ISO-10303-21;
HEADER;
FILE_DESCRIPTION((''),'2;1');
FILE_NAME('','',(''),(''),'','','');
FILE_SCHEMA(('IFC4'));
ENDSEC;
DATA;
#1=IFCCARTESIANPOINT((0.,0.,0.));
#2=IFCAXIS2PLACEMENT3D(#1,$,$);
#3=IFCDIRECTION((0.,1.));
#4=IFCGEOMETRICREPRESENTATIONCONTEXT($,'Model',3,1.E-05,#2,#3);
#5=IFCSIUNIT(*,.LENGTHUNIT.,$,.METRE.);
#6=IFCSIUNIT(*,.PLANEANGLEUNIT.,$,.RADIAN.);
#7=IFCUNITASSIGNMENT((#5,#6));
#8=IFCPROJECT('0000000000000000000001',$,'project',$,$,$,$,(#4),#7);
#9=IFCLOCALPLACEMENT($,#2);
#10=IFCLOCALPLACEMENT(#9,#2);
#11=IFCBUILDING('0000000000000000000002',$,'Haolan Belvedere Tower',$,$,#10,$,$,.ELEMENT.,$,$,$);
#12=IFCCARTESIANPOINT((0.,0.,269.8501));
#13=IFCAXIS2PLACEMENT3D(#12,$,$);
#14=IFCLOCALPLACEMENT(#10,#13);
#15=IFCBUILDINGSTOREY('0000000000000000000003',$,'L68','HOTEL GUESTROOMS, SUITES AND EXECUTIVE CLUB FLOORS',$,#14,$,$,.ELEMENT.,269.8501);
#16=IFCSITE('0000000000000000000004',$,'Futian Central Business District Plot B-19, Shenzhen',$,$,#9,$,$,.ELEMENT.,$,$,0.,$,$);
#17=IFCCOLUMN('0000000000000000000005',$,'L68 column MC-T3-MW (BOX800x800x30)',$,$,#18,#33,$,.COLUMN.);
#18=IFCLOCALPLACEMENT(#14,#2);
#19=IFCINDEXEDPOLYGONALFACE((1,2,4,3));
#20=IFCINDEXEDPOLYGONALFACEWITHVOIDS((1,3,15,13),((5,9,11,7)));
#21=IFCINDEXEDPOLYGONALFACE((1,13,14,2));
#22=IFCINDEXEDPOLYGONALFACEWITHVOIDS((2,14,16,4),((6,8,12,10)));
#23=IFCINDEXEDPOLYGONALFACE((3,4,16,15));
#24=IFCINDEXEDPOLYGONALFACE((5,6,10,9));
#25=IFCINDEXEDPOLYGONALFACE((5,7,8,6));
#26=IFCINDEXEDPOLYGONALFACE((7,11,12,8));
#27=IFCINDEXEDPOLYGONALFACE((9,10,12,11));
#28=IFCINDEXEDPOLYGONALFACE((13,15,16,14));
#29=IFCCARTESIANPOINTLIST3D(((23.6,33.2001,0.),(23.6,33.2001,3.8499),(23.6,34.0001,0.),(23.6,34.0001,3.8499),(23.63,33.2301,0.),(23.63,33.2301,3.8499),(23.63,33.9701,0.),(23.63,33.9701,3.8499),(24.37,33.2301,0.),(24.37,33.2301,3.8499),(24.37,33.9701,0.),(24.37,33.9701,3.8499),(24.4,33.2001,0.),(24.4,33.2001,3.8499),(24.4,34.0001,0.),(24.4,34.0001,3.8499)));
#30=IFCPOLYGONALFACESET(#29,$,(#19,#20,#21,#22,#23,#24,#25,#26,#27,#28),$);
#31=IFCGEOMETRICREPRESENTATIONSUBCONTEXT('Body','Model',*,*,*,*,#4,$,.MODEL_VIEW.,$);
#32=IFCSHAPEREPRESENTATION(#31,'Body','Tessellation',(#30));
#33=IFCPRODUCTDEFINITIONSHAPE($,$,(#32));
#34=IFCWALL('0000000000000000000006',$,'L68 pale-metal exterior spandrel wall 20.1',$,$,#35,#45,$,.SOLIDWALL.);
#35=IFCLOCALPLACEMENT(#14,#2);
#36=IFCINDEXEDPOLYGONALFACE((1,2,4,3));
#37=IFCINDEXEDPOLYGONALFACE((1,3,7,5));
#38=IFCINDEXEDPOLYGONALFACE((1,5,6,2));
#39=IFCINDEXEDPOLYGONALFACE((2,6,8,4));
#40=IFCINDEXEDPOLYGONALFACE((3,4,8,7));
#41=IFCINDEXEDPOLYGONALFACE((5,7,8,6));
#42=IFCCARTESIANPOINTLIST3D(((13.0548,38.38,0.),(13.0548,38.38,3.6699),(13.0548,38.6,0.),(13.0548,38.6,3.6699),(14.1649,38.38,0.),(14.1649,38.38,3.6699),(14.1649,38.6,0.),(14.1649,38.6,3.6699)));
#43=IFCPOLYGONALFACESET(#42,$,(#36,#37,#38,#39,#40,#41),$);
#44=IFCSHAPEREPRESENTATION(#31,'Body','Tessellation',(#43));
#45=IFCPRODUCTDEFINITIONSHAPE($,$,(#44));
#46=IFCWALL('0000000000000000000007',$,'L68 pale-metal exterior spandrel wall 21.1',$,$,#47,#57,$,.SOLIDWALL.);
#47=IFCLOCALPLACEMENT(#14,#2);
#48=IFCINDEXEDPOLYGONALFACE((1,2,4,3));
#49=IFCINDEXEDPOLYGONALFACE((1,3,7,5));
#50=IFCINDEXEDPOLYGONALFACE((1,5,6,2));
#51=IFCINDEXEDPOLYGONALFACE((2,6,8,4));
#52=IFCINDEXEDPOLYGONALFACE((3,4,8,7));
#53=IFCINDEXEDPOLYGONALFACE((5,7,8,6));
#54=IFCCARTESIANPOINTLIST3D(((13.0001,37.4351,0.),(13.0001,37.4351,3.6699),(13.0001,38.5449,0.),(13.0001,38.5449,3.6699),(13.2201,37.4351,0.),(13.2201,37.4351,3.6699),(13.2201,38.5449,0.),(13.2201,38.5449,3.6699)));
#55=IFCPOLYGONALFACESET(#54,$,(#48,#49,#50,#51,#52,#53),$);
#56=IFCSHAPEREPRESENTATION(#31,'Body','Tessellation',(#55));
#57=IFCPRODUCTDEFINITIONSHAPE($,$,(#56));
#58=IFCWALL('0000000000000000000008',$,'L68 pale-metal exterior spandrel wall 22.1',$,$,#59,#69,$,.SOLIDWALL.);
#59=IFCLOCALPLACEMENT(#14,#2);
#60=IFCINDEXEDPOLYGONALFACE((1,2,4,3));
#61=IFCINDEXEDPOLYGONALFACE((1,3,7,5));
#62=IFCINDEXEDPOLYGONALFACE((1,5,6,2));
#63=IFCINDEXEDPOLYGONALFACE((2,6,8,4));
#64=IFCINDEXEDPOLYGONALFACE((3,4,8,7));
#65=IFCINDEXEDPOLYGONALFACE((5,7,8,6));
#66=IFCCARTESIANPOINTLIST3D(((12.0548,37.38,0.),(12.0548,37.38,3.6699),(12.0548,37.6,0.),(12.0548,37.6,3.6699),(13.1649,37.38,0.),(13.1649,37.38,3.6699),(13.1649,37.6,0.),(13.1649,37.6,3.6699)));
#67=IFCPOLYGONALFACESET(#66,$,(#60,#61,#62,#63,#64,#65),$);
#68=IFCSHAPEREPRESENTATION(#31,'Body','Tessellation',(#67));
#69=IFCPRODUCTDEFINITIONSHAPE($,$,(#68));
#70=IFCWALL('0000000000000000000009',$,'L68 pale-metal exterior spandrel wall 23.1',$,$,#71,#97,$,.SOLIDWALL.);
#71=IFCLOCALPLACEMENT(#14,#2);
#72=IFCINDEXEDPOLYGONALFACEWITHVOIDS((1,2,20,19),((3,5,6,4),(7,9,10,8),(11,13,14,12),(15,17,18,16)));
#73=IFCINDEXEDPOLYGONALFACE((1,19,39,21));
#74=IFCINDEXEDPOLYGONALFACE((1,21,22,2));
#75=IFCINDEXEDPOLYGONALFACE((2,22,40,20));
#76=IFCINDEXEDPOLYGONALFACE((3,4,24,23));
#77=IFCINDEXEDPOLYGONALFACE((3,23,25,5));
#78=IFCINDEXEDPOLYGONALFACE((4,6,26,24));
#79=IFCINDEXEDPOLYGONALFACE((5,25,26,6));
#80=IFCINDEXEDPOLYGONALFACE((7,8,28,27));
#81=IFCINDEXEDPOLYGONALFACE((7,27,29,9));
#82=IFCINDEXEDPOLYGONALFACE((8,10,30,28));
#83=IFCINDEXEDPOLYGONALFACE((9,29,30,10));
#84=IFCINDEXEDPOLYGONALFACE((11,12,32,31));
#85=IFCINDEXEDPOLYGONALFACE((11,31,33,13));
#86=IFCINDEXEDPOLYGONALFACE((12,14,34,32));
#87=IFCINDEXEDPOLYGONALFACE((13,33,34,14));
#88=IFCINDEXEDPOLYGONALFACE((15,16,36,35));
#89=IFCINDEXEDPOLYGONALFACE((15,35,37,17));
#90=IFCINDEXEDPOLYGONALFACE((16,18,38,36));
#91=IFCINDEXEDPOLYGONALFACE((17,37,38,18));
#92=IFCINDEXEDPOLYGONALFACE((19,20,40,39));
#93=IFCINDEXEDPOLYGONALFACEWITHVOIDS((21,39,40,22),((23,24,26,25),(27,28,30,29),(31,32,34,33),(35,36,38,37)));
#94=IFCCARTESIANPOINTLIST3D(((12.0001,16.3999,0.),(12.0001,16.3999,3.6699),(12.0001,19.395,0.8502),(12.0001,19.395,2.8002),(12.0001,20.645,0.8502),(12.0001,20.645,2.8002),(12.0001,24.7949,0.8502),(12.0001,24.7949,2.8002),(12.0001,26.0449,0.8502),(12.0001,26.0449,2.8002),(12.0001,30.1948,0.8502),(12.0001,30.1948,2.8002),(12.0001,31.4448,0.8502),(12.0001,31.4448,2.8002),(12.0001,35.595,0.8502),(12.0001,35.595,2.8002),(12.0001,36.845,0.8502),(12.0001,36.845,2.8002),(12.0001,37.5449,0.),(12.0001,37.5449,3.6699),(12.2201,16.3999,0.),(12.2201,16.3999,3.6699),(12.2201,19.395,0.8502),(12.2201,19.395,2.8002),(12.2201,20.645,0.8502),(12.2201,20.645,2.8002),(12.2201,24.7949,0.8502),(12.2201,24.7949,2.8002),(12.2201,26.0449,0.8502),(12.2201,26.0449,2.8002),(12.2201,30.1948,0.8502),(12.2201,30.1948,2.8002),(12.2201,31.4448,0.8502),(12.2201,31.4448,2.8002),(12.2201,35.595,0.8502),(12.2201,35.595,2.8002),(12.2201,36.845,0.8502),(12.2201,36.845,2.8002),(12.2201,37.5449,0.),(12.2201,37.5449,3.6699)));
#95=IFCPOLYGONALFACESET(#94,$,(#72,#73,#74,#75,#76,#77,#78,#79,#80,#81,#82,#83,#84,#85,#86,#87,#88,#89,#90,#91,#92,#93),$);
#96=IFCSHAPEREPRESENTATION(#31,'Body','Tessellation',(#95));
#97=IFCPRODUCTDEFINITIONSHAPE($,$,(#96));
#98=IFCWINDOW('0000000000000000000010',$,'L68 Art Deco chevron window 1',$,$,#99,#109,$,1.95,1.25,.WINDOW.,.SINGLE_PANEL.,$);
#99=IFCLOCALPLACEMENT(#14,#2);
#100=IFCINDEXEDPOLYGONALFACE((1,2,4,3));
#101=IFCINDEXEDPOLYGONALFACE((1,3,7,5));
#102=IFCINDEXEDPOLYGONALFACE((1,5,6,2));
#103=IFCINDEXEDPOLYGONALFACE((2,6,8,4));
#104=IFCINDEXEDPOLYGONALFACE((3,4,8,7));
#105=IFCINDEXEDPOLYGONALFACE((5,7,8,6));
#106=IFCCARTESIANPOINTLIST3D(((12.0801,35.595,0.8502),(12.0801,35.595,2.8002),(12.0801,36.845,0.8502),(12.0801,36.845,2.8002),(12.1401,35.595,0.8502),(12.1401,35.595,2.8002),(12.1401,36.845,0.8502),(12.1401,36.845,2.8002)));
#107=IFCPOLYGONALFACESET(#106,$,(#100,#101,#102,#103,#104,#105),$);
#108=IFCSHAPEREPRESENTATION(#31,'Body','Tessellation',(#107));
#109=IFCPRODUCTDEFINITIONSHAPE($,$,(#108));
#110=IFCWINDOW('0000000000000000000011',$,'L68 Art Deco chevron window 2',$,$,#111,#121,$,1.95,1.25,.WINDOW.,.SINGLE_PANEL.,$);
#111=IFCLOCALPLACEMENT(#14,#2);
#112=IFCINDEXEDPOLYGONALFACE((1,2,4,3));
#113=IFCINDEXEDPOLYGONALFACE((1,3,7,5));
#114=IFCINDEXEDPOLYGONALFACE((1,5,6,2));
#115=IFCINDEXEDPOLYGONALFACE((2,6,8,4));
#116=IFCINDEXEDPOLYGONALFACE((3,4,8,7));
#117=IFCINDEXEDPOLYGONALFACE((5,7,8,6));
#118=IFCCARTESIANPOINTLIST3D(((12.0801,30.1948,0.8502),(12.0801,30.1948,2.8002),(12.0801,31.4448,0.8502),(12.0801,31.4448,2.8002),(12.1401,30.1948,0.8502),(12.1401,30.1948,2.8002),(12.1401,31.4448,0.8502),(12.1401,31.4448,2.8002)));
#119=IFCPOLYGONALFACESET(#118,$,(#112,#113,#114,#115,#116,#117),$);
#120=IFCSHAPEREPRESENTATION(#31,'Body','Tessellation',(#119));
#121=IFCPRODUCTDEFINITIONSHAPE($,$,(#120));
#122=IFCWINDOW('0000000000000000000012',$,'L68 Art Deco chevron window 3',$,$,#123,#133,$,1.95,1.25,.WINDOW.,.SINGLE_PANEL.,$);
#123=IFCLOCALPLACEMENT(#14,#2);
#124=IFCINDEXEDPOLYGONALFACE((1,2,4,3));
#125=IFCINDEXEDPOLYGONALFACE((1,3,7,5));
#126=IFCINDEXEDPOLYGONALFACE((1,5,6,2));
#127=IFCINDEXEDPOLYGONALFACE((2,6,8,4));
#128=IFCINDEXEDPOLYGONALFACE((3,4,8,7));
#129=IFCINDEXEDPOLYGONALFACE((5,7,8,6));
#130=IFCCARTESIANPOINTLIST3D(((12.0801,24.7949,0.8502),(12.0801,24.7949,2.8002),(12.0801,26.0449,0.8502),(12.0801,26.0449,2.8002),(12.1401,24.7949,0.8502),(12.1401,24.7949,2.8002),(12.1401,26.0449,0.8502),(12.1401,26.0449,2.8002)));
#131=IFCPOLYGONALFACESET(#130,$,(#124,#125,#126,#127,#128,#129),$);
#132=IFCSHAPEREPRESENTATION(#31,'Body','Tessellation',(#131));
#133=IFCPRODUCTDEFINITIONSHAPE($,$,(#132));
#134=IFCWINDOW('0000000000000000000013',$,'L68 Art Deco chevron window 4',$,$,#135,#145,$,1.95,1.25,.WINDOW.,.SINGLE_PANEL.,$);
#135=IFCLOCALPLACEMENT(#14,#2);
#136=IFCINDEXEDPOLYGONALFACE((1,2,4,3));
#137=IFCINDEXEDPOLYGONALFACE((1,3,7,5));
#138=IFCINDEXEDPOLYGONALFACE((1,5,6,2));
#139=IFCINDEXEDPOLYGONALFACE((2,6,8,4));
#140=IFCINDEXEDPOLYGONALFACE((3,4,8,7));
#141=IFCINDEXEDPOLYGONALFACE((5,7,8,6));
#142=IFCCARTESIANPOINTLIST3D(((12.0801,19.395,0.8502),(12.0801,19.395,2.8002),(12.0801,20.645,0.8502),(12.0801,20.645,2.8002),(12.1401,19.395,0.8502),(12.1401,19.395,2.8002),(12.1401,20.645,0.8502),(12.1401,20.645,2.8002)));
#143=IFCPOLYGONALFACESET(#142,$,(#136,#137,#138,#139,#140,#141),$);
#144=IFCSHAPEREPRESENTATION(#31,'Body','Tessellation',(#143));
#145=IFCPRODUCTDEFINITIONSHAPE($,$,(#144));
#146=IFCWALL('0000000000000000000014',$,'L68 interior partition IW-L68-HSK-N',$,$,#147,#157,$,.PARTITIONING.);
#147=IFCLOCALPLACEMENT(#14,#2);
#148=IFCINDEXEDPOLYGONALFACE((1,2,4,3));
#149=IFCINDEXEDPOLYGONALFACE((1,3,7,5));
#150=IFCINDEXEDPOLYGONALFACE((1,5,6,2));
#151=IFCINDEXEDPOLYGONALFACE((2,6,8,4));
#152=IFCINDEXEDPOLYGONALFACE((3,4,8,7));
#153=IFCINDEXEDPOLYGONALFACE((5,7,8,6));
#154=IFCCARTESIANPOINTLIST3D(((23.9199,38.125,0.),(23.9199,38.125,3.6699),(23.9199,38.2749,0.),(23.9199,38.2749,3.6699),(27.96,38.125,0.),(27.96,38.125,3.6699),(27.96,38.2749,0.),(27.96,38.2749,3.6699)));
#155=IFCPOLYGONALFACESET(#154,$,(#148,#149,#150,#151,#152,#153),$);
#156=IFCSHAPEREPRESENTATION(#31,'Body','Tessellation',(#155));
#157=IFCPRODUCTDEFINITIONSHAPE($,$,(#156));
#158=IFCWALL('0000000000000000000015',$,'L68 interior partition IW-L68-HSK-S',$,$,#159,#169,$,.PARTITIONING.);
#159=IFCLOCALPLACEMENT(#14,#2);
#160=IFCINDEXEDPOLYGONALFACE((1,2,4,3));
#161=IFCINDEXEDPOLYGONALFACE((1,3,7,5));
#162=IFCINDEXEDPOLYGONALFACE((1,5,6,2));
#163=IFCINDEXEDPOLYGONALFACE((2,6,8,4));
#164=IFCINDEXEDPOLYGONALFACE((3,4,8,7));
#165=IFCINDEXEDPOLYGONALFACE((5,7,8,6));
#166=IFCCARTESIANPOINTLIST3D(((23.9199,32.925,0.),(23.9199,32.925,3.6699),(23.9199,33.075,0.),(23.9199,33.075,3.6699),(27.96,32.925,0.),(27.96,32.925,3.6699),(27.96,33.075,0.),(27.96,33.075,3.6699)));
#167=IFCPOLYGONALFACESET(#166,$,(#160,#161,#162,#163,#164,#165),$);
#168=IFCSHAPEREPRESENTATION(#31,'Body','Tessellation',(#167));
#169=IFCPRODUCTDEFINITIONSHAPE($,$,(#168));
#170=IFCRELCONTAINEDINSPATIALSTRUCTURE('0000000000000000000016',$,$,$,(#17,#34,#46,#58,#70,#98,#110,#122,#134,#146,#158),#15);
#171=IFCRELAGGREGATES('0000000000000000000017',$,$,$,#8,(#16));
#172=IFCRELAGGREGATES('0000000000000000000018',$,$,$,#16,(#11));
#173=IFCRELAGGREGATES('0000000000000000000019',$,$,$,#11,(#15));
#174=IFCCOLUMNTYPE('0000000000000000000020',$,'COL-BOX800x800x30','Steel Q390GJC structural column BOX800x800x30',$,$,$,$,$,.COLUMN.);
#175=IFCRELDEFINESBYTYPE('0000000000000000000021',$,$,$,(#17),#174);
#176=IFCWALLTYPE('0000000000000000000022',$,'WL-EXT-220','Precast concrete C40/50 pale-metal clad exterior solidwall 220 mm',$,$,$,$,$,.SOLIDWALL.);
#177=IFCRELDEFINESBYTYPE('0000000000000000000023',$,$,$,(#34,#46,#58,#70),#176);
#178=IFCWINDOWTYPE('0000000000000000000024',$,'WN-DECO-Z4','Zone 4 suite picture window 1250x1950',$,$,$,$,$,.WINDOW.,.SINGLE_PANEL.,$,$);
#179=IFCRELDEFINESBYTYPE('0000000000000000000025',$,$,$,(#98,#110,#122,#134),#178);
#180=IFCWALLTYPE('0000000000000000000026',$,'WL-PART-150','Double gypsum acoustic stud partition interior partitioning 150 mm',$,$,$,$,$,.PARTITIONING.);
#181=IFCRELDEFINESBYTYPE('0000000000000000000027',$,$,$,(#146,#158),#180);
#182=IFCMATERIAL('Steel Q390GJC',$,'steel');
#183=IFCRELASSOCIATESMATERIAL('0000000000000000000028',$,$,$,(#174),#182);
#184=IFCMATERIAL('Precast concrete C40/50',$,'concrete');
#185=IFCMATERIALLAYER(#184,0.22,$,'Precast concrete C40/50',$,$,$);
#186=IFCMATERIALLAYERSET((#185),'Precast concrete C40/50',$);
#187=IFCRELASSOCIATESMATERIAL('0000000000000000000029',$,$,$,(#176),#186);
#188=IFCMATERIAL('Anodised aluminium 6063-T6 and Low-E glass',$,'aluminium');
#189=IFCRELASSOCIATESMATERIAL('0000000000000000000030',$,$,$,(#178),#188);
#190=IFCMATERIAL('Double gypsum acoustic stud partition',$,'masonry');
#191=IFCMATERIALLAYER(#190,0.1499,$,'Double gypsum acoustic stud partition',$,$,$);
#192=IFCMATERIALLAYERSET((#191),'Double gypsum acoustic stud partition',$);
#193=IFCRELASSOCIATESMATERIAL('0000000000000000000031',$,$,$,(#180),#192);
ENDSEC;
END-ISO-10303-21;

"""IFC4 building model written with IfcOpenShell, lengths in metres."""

from ifc_helpers import new_model, si_unit, direction, frame, frame_2d, origin, origin_2d, place, context, subcontext, project, spatial, rectangle, hollow_rectangle, extrude, material, layer, layer_set, material_profile, profile_set, type_object, element, fill, save


model = new_model("IFC4")

# Units and contexts
model_context = context("Model", 3, precision=1e-05, world=origin(), true_north=direction((0.0, 1.0)))
body_context = subcontext(model_context, "Body", "Model", "MODEL_VIEW")
ifc_project = project(units=[si_unit("LENGTHUNIT", "METRE"), si_unit("PLANEANGLEUNIT", "RADIAN")], contexts=[model_context])

# Site, building, storey
site_placement = place(None, origin())
site = spatial("IfcSite", under=ifc_project, at=site_placement, Name="Futian Central Business District Plot B-19, Shenzhen", CompositionType="ELEMENT", RefElevation=0.0)
building_placement = place(site_placement, origin())
building = spatial("IfcBuilding", under=site, at=building_placement, Name="Haolan Belvedere Tower", CompositionType="ELEMENT")
storey_placement = place(building_placement, frame((0.0, 0.0, 269.8501)))
storey = spatial("IfcBuildingStorey", under=building, at=storey_placement, Name="L68", Description="HOTEL GUESTROOMS, SUITES AND EXECUTIVE CLUB FLOORS", CompositionType="ELEMENT", Elevation=269.8501)

# Column
ifc_material_1 = material(Name="Steel Q390GJC", Category="steel")
ifc_material_profile = material_profile(ifc_material_1, hollow_rectangle(XDim=0.8, YDim=0.8, WallThickness=0.03, at=origin_2d()), Name="Steel Q390GJC")
ifc_profile_set = profile_set([ifc_material_profile], Name="Steel Q390GJC")
column_type = type_object("IfcColumnType", Name="COL-BOX800x800x30", Description="Steel Q390GJC structural column BOX800x800x30", PredefinedType="COLUMN", material=ifc_profile_set)
column_placement = place(storey_placement, frame((24.0, 33.6001, 0.0), z_axis=(0.0, 0.0, 1.0), x_axis=(1.0, 0.0, 0.0)))
element("IfcColumn", 1, at=column_placement, inside=storey, type_object=column_type, Name="L68 column MC-T3-MW (BOX800x800x30)", PredefinedType="COLUMN", context=body_context, shape_type="SweptSolid", body=[
    extrude(hollow_rectangle(XDim=0.8, YDim=0.8, WallThickness=0.03, at=origin_2d()), origin(), (0.0, 0.0, 1.0), 3.8499),
])

# Walls
ifc_material_2 = material(Name="Precast concrete C40/50", Category="concrete")
ifc_layer_1 = layer(ifc_material_2, 0.22, Name="Precast concrete C40/50")
ifc_layer_set_1 = layer_set([ifc_layer_1], Name="Precast concrete C40/50")
wall_type_1 = type_object("IfcWallType", Name="WL-EXT-220", Description="Precast concrete C40/50 pale-metal clad exterior solidwall 220 mm", PredefinedType="SOLIDWALL", material=ifc_layer_set_1)
wall_1_placement = place(storey_placement, frame((14.165, 38.49, 0.0), z_axis=(0.0, 0.0, 1.0), x_axis=(-1.0, 0.0, 0.0)))
element("IfcWall", 2, at=wall_1_placement, inside=storey, type_object=wall_type_1, Name="L68 pale-metal exterior spandrel wall 20.1", PredefinedType="SOLIDWALL", context=body_context, shape_type="SweptSolid", body=[
    extrude(rectangle(XDim=1.1101, YDim=0.22, at=frame_2d((0.5552, 0.0))), origin(), (0.0, 0.0, 1.0), 3.6699),
])
wall_2_placement = place(storey_placement, frame((13.1101, 38.5449, 0.0), z_axis=(0.0, 0.0, 1.0), x_axis=(0.0, -1.0, 0.0)))
element("IfcWall", 3, at=wall_2_placement, inside=storey, type_object=wall_type_1, Name="L68 pale-metal exterior spandrel wall 21.1", PredefinedType="SOLIDWALL", context=body_context, shape_type="SweptSolid", body=[
    extrude(rectangle(XDim=1.1099, YDim=0.22, at=frame_2d((0.5549, 0.0))), origin(), (0.0, 0.0, 1.0), 3.6699),
])
wall_3_placement = place(storey_placement, frame((13.165, 37.49, 0.0), z_axis=(0.0, 0.0, 1.0), x_axis=(-1.0, 0.0, 0.0)))
element("IfcWall", 4, at=wall_3_placement, inside=storey, type_object=wall_type_1, Name="L68 pale-metal exterior spandrel wall 22.1", PredefinedType="SOLIDWALL", context=body_context, shape_type="SweptSolid", body=[
    extrude(rectangle(XDim=1.1101, YDim=0.22, at=frame_2d((0.5552, 0.0))), origin(), (0.0, 0.0, 1.0), 3.6699),
])

# Wall, openings, windows
wall_4_placement = place(storey_placement, frame((12.1101, 37.5449, 0.0), z_axis=(0.0, 0.0, 1.0), x_axis=(0.0, -1.0, 0.0)))
wall_4 = element("IfcWall", 5, at=wall_4_placement, inside=storey, type_object=wall_type_1, Name="L68 pale-metal exterior spandrel wall 23.1", PredefinedType="SOLIDWALL", context=body_context, shape_type="SweptSolid", body=[
    extrude(rectangle(XDim=21.145, YDim=0.22, at=frame_2d((10.5725, 0.0))), origin(), (0.0, 0.0, 1.0), 3.6699),
])
opening_1_placement = place(wall_4_placement, frame((0.7, 0.0, 0.8501)))
opening_1 = element("IfcOpeningElement", 6, at=opening_1_placement, cuts=wall_4, PredefinedType="OPENING", context=body_context, shape_type="SweptSolid", body=[
    extrude(rectangle(XDim=1.25, YDim=1.95, at=frame_2d((0.625, 0.9751))), frame((0.0, 0.1199, 0.0), z_axis=(0.0, -1.0, 0.0), x_axis=(1.0, 0.0, 0.0)), (0.0, 0.0, 1.0), 0.24),
])
opening_2_placement = place(wall_4_placement, frame((6.1001, 0.0, 0.8501)))
opening_2 = element("IfcOpeningElement", 7, at=opening_2_placement, cuts=wall_4, PredefinedType="OPENING", context=body_context, shape_type="SweptSolid", body=[
    extrude(rectangle(XDim=1.25, YDim=1.95, at=frame_2d((0.625, 0.9751))), frame((0.0, 0.1199, 0.0), z_axis=(0.0, -1.0, 0.0), x_axis=(1.0, 0.0, 0.0)), (0.0, 0.0, 1.0), 0.24),
])
opening_3_placement = place(wall_4_placement, frame((11.5, 0.0, 0.8501)))
opening_3 = element("IfcOpeningElement", 8, at=opening_3_placement, cuts=wall_4, PredefinedType="OPENING", context=body_context, shape_type="SweptSolid", body=[
    extrude(rectangle(XDim=1.25, YDim=1.95, at=frame_2d((0.625, 0.9751))), frame((0.0, 0.1199, 0.0), z_axis=(0.0, -1.0, 0.0), x_axis=(1.0, 0.0, 0.0)), (0.0, 0.0, 1.0), 0.24),
])
opening_4_placement = place(wall_4_placement, frame((16.8999, 0.0, 0.8501)))
opening_4 = element("IfcOpeningElement", 9, at=opening_4_placement, cuts=wall_4, PredefinedType="OPENING", context=body_context, shape_type="SweptSolid", body=[
    extrude(rectangle(XDim=1.25, YDim=1.95, at=frame_2d((0.625, 0.9751))), frame((0.0, 0.1199, 0.0), z_axis=(0.0, -1.0, 0.0), x_axis=(1.0, 0.0, 0.0)), (0.0, 0.0, 1.0), 0.24),
])
ifc_material_3 = material(Name="Anodised aluminium 6063-T6 and Low-E glass", Category="aluminium")
window_type = type_object("IfcWindowType", Name="WN-DECO-Z4", Description="Zone 4 suite picture window 1250x1950", PartitioningType="SINGLE_PANEL", PredefinedType="WINDOW", material=ifc_material_3)
window_1_placement = place(opening_1_placement, origin())
window_1 = element("IfcWindow", 10, at=window_1_placement, inside=storey, type_object=window_type, Name="L68 Art Deco chevron window 1", OverallHeight=1.95, OverallWidth=1.25, PartitioningType="SINGLE_PANEL", PredefinedType="WINDOW", context=body_context, shape_type="SweptSolid", body=[
    extrude(rectangle(XDim=1.25, YDim=1.95, at=frame_2d((0.625, 0.9751))), frame((0.0, 0.03, 0.0), z_axis=(0.0, -1.0, 0.0), x_axis=(1.0, 0.0, 0.0)), (0.0, 0.0, 1.0), 0.0601),
])
fill(opening_1, window_1)
window_2_placement = place(opening_2_placement, origin())
window_2 = element("IfcWindow", 11, at=window_2_placement, inside=storey, type_object=window_type, Name="L68 Art Deco chevron window 2", OverallHeight=1.95, OverallWidth=1.25, PartitioningType="SINGLE_PANEL", PredefinedType="WINDOW", context=body_context, shape_type="SweptSolid", body=[
    extrude(rectangle(XDim=1.25, YDim=1.95, at=frame_2d((0.625, 0.9751))), frame((0.0, 0.03, 0.0), z_axis=(0.0, -1.0, 0.0), x_axis=(1.0, 0.0, 0.0)), (0.0, 0.0, 1.0), 0.0601),
])
fill(opening_2, window_2)
window_3_placement = place(opening_3_placement, origin())
window_3 = element("IfcWindow", 12, at=window_3_placement, inside=storey, type_object=window_type, Name="L68 Art Deco chevron window 3", OverallHeight=1.95, OverallWidth=1.25, PartitioningType="SINGLE_PANEL", PredefinedType="WINDOW", context=body_context, shape_type="SweptSolid", body=[
    extrude(rectangle(XDim=1.25, YDim=1.95, at=frame_2d((0.625, 0.9751))), frame((0.0, 0.03, 0.0), z_axis=(0.0, -1.0, 0.0), x_axis=(1.0, 0.0, 0.0)), (0.0, 0.0, 1.0), 0.0601),
])
fill(opening_3, window_3)
window_4_placement = place(opening_4_placement, origin())
window_4 = element("IfcWindow", 13, at=window_4_placement, inside=storey, type_object=window_type, Name="L68 Art Deco chevron window 4", OverallHeight=1.95, OverallWidth=1.25, PartitioningType="SINGLE_PANEL", PredefinedType="WINDOW", context=body_context, shape_type="SweptSolid", body=[
    extrude(rectangle(XDim=1.25, YDim=1.95, at=frame_2d((0.625, 0.9751))), frame((0.0, 0.03, 0.0), z_axis=(0.0, -1.0, 0.0), x_axis=(1.0, 0.0, 0.0)), (0.0, 0.0, 1.0), 0.0601),
])
fill(opening_4, window_4)

# Walls
ifc_material_4 = material(Name="Double gypsum acoustic stud partition", Category="masonry")
ifc_layer_2 = layer(ifc_material_4, 0.1499, Name="Double gypsum acoustic stud partition")
ifc_layer_set_2 = layer_set([ifc_layer_2], Name="Double gypsum acoustic stud partition")
wall_type_2 = type_object("IfcWallType", Name="WL-PART-150", Description="Double gypsum acoustic stud partition interior partitioning 150 mm", PredefinedType="PARTITIONING", material=ifc_layer_set_2)
for number, where, z_axis, x_axis, name in (
    (14, (23.9199, 38.2, 0.0), (0.0, 0.0, 1.0), (1.0, 0.0, 0.0), "L68 interior partition IW-L68-HSK-N"),
    (15, (23.9199, 33.0, 0.0), (0.0, 0.0, 1.0), (1.0, 0.0, 0.0), "L68 interior partition IW-L68-HSK-S"),
):
    element("IfcWall", number, at=place(storey_placement, frame(where, z_axis=z_axis, x_axis=x_axis)), inside=storey, type_object=wall_type_2, Name=name, PredefinedType="PARTITIONING", context=body_context, shape_type="SweptSolid", body=[
        extrude(rectangle(XDim=4.04, YDim=0.1499, at=frame_2d((2.02, 0.0))), origin(), (0.0, 0.0, 1.0), 3.6699),
    ])

save(model, "model.ifc")
